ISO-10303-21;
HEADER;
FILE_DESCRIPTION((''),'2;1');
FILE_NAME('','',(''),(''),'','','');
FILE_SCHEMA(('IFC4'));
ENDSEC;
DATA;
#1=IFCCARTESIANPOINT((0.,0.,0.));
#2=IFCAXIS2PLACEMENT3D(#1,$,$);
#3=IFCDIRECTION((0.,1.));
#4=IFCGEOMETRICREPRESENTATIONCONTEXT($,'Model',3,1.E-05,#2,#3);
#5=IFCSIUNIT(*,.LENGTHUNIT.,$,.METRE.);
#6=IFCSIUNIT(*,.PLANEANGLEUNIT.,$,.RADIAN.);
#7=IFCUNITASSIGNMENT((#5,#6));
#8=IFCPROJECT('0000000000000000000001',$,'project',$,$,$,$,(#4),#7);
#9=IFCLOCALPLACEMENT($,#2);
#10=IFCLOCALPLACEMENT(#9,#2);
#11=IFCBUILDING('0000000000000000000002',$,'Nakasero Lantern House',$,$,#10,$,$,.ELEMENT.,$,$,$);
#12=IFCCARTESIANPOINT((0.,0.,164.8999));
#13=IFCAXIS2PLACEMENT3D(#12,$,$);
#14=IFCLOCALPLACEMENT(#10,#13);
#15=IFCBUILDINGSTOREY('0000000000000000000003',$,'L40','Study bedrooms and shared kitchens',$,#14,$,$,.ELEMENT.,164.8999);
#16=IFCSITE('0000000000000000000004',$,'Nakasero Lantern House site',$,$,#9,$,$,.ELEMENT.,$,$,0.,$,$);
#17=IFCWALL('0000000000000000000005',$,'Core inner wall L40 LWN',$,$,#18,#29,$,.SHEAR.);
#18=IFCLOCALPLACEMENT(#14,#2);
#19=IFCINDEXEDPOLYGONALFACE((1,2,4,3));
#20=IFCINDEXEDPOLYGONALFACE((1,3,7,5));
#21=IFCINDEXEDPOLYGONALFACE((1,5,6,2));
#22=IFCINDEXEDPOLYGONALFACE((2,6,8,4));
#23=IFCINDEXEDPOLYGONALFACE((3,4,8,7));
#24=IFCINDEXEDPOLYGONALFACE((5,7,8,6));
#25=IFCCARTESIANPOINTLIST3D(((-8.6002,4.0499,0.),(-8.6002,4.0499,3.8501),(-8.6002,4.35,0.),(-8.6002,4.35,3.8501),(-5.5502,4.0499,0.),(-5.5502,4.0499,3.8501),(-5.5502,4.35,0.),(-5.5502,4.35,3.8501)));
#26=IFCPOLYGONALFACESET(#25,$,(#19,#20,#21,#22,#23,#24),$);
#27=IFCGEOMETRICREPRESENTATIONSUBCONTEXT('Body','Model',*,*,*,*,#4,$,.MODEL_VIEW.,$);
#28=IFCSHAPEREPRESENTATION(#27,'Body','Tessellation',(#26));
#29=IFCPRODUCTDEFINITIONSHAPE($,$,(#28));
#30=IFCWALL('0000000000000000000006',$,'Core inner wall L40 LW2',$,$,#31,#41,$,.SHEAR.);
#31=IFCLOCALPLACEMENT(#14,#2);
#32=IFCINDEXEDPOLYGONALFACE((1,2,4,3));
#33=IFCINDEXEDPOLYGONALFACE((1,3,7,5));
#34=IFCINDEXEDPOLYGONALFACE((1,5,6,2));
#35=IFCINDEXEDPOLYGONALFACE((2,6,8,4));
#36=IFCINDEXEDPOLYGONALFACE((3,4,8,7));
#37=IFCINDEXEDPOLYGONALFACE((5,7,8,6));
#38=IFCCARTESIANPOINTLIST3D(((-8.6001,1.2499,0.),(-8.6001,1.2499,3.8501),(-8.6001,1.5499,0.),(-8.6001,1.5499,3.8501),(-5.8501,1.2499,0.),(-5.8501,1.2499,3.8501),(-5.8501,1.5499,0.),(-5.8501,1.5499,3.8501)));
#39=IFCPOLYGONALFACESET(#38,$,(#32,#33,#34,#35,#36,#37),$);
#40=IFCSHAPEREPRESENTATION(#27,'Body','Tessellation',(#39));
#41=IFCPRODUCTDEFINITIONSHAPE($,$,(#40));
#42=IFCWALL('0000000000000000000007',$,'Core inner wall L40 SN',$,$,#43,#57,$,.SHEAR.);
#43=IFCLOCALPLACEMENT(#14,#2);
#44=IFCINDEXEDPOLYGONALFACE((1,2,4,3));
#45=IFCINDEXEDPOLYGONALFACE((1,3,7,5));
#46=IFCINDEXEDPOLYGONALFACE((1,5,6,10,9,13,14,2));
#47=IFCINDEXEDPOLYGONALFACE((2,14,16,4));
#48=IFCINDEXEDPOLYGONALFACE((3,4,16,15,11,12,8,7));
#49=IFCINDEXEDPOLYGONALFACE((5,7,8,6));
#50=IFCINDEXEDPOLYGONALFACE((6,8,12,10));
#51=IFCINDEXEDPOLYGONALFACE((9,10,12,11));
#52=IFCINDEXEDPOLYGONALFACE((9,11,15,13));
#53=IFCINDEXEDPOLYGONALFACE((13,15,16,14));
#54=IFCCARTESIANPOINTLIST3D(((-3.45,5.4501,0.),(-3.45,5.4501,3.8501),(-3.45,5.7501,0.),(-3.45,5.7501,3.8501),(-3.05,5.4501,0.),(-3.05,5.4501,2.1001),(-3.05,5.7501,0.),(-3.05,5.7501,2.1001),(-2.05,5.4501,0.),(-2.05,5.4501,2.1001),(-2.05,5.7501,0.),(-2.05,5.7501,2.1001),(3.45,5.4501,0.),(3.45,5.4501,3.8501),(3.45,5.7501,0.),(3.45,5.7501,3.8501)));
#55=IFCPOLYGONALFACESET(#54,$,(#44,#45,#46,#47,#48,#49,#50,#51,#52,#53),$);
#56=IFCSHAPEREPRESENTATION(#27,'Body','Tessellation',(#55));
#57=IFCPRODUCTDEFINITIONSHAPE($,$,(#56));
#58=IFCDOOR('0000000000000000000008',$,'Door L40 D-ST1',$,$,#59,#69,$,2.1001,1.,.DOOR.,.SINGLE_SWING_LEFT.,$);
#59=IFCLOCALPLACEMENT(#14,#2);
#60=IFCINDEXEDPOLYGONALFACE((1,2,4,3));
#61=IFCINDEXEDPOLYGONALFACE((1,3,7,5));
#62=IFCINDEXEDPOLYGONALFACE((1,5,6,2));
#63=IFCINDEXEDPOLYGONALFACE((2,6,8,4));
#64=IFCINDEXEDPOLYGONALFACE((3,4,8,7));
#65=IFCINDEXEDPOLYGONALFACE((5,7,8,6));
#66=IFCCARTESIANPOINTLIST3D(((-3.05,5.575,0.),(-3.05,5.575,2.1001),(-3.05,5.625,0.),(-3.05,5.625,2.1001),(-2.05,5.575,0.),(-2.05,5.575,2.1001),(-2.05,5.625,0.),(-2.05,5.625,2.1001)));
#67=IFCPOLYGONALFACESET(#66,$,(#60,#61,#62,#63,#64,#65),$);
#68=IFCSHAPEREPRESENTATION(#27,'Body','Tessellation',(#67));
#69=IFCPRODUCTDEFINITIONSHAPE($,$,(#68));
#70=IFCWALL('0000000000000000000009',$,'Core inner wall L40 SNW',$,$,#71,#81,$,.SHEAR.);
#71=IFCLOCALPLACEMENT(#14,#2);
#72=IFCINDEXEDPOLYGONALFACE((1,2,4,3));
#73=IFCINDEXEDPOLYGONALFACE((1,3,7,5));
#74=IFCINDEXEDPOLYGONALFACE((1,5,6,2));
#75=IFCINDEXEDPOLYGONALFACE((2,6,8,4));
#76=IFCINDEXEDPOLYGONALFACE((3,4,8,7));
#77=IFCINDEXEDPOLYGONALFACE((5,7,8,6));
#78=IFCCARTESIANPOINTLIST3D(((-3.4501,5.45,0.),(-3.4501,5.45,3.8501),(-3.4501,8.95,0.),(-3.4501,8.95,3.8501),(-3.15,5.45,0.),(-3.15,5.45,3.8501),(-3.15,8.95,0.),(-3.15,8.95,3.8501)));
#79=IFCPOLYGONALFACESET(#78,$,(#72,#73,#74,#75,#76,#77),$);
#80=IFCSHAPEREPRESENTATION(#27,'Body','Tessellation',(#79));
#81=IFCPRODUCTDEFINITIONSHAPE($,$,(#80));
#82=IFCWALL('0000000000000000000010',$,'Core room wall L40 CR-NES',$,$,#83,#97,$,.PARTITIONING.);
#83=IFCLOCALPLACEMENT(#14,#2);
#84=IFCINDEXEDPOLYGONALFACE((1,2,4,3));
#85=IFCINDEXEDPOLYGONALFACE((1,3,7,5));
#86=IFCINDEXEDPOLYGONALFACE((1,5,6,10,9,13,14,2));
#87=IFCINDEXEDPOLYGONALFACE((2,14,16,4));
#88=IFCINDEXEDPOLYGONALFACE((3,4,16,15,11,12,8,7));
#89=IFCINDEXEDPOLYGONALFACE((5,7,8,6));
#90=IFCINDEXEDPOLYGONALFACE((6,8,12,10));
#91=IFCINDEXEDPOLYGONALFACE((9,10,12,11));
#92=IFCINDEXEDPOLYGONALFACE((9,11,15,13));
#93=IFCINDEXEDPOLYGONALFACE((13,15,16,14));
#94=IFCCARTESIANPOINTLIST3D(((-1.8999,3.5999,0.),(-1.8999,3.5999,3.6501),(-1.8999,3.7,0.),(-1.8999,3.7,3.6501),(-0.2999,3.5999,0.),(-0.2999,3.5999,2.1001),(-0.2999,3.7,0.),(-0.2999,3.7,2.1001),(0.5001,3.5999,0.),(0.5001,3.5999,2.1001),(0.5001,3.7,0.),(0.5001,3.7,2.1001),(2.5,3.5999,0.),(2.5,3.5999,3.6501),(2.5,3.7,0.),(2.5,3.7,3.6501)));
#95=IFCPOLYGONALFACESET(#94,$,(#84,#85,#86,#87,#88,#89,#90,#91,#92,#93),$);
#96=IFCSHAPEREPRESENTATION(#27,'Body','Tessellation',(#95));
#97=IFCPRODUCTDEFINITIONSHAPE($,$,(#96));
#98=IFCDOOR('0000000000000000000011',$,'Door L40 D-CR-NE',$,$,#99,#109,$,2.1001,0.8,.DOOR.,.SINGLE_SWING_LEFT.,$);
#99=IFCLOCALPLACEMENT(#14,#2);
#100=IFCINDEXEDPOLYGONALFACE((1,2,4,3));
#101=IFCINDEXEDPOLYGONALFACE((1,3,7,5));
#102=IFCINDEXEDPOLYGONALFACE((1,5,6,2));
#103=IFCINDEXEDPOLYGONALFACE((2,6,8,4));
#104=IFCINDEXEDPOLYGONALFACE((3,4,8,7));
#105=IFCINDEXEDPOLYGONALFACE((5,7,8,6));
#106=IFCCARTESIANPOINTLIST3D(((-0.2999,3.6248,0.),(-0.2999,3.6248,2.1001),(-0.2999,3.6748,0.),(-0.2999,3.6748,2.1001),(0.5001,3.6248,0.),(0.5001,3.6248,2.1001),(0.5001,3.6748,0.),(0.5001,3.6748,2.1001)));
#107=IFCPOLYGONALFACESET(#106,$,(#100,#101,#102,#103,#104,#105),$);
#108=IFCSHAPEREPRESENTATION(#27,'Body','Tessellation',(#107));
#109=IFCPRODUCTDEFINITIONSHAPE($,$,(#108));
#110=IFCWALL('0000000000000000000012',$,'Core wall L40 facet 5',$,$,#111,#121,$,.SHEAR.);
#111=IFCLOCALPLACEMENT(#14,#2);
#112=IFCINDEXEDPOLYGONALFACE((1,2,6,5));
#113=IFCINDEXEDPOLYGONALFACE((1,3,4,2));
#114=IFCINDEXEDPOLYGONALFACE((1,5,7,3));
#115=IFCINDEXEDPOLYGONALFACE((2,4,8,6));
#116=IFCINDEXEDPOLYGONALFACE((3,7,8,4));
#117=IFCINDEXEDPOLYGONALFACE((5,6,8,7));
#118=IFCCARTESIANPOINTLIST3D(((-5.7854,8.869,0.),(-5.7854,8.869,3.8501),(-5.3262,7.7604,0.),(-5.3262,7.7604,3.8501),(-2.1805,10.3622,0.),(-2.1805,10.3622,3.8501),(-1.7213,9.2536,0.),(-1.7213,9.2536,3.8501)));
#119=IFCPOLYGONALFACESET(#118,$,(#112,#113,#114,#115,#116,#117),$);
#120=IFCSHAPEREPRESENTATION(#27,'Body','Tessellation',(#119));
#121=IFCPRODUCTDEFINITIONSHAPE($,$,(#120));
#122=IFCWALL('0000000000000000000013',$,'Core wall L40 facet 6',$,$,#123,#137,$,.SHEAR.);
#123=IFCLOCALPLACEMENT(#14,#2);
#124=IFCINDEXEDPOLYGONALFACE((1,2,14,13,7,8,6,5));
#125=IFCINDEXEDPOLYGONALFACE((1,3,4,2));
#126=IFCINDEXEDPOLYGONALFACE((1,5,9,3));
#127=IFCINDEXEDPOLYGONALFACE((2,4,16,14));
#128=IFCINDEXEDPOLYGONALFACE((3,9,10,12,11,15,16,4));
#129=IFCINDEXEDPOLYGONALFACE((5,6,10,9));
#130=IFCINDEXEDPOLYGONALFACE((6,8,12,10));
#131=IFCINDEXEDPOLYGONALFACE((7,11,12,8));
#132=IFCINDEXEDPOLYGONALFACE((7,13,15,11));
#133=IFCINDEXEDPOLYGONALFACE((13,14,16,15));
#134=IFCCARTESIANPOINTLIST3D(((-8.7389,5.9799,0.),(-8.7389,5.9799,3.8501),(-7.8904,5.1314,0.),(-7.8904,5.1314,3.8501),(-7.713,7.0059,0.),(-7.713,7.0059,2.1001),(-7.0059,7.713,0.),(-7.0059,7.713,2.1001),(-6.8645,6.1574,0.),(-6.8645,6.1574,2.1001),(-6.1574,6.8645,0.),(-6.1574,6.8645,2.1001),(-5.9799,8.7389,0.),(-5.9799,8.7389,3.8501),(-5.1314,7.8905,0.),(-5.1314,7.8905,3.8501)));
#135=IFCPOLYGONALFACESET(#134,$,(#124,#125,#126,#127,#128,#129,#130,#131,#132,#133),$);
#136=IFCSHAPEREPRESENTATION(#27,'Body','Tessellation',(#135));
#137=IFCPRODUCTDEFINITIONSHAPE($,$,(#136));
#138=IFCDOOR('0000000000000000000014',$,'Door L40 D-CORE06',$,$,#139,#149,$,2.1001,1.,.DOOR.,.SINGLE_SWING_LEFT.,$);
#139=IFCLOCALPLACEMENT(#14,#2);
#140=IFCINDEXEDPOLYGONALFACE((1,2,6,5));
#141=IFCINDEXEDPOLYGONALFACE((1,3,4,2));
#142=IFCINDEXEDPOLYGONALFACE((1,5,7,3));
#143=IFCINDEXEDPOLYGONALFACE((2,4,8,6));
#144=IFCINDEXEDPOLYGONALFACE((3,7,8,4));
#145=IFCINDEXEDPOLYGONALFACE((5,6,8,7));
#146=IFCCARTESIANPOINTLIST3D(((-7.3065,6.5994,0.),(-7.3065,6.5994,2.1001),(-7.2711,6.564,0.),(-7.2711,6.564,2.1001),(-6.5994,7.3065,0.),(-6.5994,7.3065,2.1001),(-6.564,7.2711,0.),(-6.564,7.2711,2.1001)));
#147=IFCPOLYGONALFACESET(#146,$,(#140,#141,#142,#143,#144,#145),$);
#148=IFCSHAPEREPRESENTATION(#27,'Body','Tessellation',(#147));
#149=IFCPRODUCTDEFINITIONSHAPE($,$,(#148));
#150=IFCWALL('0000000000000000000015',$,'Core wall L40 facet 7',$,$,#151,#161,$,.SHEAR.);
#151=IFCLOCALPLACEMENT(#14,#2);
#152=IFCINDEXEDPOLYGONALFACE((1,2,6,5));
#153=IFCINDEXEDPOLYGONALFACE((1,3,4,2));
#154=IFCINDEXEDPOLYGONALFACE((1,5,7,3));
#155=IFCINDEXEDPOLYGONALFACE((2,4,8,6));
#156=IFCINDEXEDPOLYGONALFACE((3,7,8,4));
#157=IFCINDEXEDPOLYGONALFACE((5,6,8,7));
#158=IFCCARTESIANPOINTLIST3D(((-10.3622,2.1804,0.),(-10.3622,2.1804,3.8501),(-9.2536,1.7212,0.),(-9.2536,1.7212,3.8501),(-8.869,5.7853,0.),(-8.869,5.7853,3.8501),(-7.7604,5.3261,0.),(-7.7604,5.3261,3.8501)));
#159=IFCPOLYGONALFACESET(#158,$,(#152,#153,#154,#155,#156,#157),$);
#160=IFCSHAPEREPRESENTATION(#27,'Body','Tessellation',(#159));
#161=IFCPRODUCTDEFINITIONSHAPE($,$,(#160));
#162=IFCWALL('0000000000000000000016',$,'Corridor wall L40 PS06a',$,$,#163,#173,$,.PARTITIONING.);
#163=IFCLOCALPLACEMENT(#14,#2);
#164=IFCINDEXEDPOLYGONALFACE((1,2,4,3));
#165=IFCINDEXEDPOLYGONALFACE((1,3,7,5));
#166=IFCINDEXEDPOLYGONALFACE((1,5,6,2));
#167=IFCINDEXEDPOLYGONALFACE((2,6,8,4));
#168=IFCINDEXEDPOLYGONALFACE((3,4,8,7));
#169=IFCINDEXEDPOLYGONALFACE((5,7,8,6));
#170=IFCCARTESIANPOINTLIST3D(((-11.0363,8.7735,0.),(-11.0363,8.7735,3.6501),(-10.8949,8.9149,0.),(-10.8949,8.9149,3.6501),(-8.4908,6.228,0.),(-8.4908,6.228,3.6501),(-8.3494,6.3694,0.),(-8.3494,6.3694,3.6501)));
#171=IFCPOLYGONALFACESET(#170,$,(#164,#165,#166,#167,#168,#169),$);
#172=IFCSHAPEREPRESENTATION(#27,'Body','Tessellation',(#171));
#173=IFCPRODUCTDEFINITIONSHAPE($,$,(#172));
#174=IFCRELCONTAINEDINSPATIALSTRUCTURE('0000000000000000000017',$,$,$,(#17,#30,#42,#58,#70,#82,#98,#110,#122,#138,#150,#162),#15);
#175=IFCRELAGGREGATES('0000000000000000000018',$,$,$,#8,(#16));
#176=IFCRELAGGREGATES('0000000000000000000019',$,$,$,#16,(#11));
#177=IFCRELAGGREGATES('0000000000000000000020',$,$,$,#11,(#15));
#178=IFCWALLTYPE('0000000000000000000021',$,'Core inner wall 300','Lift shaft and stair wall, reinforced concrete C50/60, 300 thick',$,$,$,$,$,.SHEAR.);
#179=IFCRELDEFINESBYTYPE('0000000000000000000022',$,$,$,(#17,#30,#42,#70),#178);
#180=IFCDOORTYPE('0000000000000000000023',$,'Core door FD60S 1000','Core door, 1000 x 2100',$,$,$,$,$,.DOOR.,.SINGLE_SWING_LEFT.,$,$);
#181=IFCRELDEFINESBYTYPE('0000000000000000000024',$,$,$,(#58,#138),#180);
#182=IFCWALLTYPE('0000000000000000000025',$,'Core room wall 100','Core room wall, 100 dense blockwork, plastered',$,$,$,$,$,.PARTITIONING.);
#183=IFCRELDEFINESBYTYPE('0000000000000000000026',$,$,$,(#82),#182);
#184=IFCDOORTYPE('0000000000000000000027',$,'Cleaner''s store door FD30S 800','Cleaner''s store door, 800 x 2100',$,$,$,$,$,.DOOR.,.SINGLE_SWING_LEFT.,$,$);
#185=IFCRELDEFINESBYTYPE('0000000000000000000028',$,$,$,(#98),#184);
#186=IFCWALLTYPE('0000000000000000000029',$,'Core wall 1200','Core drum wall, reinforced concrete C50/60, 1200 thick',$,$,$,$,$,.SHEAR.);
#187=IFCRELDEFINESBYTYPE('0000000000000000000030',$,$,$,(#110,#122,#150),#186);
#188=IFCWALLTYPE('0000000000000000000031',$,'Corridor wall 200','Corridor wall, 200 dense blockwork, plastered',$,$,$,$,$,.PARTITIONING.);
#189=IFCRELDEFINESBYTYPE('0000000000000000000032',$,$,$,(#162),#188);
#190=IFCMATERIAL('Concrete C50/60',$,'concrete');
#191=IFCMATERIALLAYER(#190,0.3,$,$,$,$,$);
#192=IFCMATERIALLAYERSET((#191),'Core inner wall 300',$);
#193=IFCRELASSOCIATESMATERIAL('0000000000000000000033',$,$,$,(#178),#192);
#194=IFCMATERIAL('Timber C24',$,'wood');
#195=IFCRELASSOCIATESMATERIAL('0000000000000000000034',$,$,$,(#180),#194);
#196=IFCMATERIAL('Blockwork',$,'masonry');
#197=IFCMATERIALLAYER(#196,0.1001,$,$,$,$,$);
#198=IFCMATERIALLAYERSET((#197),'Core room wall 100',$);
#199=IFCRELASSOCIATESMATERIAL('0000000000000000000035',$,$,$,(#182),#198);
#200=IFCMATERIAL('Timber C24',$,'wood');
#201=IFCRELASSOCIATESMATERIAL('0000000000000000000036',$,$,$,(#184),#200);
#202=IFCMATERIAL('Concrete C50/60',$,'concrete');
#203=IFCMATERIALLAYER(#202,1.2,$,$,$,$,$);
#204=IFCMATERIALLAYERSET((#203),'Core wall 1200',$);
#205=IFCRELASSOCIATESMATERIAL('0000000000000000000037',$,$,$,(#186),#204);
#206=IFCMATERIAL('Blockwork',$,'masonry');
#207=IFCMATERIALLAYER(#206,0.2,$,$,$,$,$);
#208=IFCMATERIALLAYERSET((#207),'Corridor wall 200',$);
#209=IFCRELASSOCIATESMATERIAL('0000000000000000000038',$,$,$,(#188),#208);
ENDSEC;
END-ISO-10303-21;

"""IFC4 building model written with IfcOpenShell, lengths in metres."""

from ifc_helpers import new_model, si_unit, direction, frame, frame_2d, origin, place, context, subcontext, project, spatial, rectangle, extrude, material, layer, layer_set, type_object, element, fill, save


model = new_model("IFC4")

# Units and contexts
model_context = context("Model", 3, precision=1e-05, world=origin(), true_north=direction((0.0, 1.0)))
body_context = subcontext(model_context, "Body", "Model", "MODEL_VIEW")
ifc_project = project(units=[si_unit("LENGTHUNIT", "METRE"), si_unit("PLANEANGLEUNIT", "RADIAN")], contexts=[model_context])

# Site, building, storey
site_placement = place(None, origin())
site = spatial("IfcSite", under=ifc_project, at=site_placement, Name="Nakasero Lantern House site", CompositionType="ELEMENT", RefElevation=0.0)
building_placement = place(site_placement, origin())
building = spatial("IfcBuilding", under=site, at=building_placement, Name="Nakasero Lantern House", CompositionType="ELEMENT")
storey_placement = place(building_placement, frame((0.0, 0.0, 164.8999)))
storey = spatial("IfcBuildingStorey", under=building, at=storey_placement, Name="L40", Description="Study bedrooms and shared kitchens", CompositionType="ELEMENT", Elevation=164.8999)

# Walls
ifc_material_1 = material(Name="Concrete C50/60", Category="concrete")
ifc_layer_1 = layer(ifc_material_1, 0.3)
ifc_layer_set_1 = layer_set([ifc_layer_1], Name="Core inner wall 300")
wall_type_1 = type_object("IfcWallType", Name="Core inner wall 300", Description="Lift shaft and stair wall, reinforced concrete C50/60, 300 thick", PredefinedType="SHEAR", material=ifc_layer_set_1)
wall_1_placement = place(storey_placement, frame((-8.6001, 4.2, 0.0), z_axis=(0.0, 0.0, 1.0), x_axis=(1.0, 0.0, 0.0)))
element("IfcWall", 1, at=wall_1_placement, inside=storey, type_object=wall_type_1, Name="Core inner wall L40 LWN", PredefinedType="SHEAR", context=body_context, shape_type="SweptSolid", body=[
    extrude(rectangle(XDim=3.05, YDim=0.3, at=frame_2d((1.5249, 0.0))), origin(), (0.0, 0.0, 1.0), 3.8501),
])
wall_2_placement = place(storey_placement, frame((-8.6001, 1.3999, 0.0), z_axis=(0.0, 0.0, 1.0), x_axis=(1.0, 0.0, 0.0)))
element("IfcWall", 2, at=wall_2_placement, inside=storey, type_object=wall_type_1, Name="Core inner wall L40 LW2", PredefinedType="SHEAR", context=body_context, shape_type="SweptSolid", body=[
    extrude(rectangle(XDim=2.75, YDim=0.3, at=frame_2d((1.375, 0.0))), origin(), (0.0, 0.0, 1.0), 3.8501),
])

# Wall, opening, door
wall_3_placement = place(storey_placement, frame((-3.45, 5.6001, 0.0), z_axis=(0.0, 0.0, 1.0), x_axis=(1.0, 0.0, 0.0)))
wall_3 = element("IfcWall", 3, at=wall_3_placement, inside=storey, type_object=wall_type_1, Name="Core inner wall L40 SN", PredefinedType="SHEAR", context=body_context, shape_type="SweptSolid", body=[
    extrude(rectangle(XDim=6.8999, YDim=0.3, at=frame_2d((3.45, 0.0))), origin(), (0.0, 0.0, 1.0), 3.8501),
])
opening_1_placement = place(wall_3_placement, frame((0.3999, 0.0, 0.0)))
opening_1 = element("IfcOpeningElement", 4, at=opening_1_placement, cuts=wall_3, PredefinedType="OPENING", context=body_context, shape_type="SweptSolid", body=[
    extrude(rectangle(XDim=1.0, YDim=2.1001, at=frame_2d((0.5, 1.05))), frame((0.0, 0.1699, 0.0), z_axis=(0.0, -1.0, 0.0), x_axis=(1.0, 0.0, 0.0)), (0.0, 0.0, 1.0), 0.3401),
])
ifc_material_2 = material(Name="Timber C24", Category="wood")
door_type_1 = type_object("IfcDoorType", Name="Core door FD60S 1000", Description="Core door, 1000 x 2100", OperationType="SINGLE_SWING_LEFT", PredefinedType="DOOR", material=ifc_material_2)
door_1_placement = place(opening_1_placement, origin())
door_1 = element("IfcDoor", 5, at=door_1_placement, inside=storey, type_object=door_type_1, Name="Door L40 D-ST1", OperationType="SINGLE_SWING_LEFT", OverallHeight=2.1001, OverallWidth=1.0, PredefinedType="DOOR", context=body_context, shape_type="SweptSolid", body=[
    extrude(rectangle(XDim=1.0, YDim=2.1001, at=frame_2d((0.5, 1.05))), frame((0.0, 0.0249, 0.0), z_axis=(0.0, -1.0, 0.0), x_axis=(1.0, 0.0, 0.0)), (0.0, 0.0, 1.0), 0.05),
])
fill(opening_1, door_1)

# Wall
wall_4_placement = place(storey_placement, frame((-3.3, 5.45, 0.0), z_axis=(0.0, 0.0, 1.0), x_axis=(0.0, 1.0, 0.0)))
element("IfcWall", 6, at=wall_4_placement, inside=storey, type_object=wall_type_1, Name="Core inner wall L40 SNW", PredefinedType="SHEAR", context=body_context, shape_type="SweptSolid", body=[
    extrude(rectangle(XDim=3.5, YDim=0.3, at=frame_2d((1.75, 0.0))), origin(), (0.0, 0.0, 1.0), 3.8501),
])

# Wall, opening, door
ifc_material_3 = material(Name="Blockwork", Category="masonry")
ifc_layer_2 = layer(ifc_material_3, 0.1001)
ifc_layer_set_2 = layer_set([ifc_layer_2], Name="Core room wall 100")
wall_type_2 = type_object("IfcWallType", Name="Core room wall 100", Description="Core room wall, 100 dense blockwork, plastered", PredefinedType="PARTITIONING", material=ifc_layer_set_2)
wall_5_placement = place(storey_placement, frame((-1.8999, 3.6499, 0.0), z_axis=(0.0, 0.0, 1.0), x_axis=(1.0, 0.0, 0.0)))
wall_5 = element("IfcWall", 7, at=wall_5_placement, inside=storey, type_object=wall_type_2, Name="Core room wall L40 CR-NES", PredefinedType="PARTITIONING", context=body_context, shape_type="SweptSolid", body=[
    extrude(rectangle(XDim=4.3999, YDim=0.1001, at=frame_2d((2.2, 0.0))), origin(), (0.0, 0.0, 1.0), 3.6501),
])
opening_2_placement = place(wall_5_placement, frame((1.6001, 0.0, 0.0)))
opening_2 = element("IfcOpeningElement", 8, at=opening_2_placement, cuts=wall_5, PredefinedType="OPENING", context=body_context, shape_type="SweptSolid", body=[
    extrude(rectangle(XDim=0.8, YDim=2.1001, at=frame_2d((0.3999, 1.05))), frame((0.0, 0.0701, 0.0), z_axis=(0.0, -1.0, 0.0), x_axis=(1.0, 0.0, 0.0)), (0.0, 0.0, 1.0), 0.1401),
])
ifc_material_4 = material(Name="Timber C24", Category="wood")
door_type_2 = type_object("IfcDoorType", Name="Cleaner's store door FD30S 800", Description="Cleaner's store door, 800 x 2100", OperationType="SINGLE_SWING_LEFT", PredefinedType="DOOR", material=ifc_material_4)
door_2_placement = place(opening_2_placement, origin())
door_2 = element("IfcDoor", 9, at=door_2_placement, inside=storey, type_object=door_type_2, Name="Door L40 D-CR-NE", OperationType="SINGLE_SWING_LEFT", OverallHeight=2.1001, OverallWidth=0.8, PredefinedType="DOOR", context=body_context, shape_type="SweptSolid", body=[
    extrude(rectangle(XDim=0.8, YDim=2.1001, at=frame_2d((0.3999, 1.05))), frame((0.0, 0.0249, 0.0), z_axis=(0.0, -1.0, 0.0), x_axis=(1.0, 0.0, 0.0)), (0.0, 0.0, 1.0), 0.05),
])
fill(opening_2, door_2)

# Wall
ifc_material_5 = material(Name="Concrete C50/60", Category="concrete")
ifc_layer_3 = layer(ifc_material_5, 1.2)
ifc_layer_set_3 = layer_set([ifc_layer_3], Name="Core wall 1200")
wall_type_3 = type_object("IfcWallType", Name="Core wall 1200", Description="Core drum wall, reinforced concrete C50/60, 1200 thick", PredefinedType="SHEAR", material=ifc_layer_set_3)
wall_6_placement = place(storey_placement, frame((-1.9509, 9.8079, 0.0), z_axis=(0.0, 0.0, 1.0), x_axis=(-0.923877, -0.382691, 0.0)))
element("IfcWall", 10, at=wall_6_placement, inside=storey, type_object=wall_type_3, Name="Core wall L40 facet 5", PredefinedType="SHEAR", context=body_context, shape_type="SweptSolid", body=[
    extrude(rectangle(XDim=3.9019, YDim=1.2, at=frame_2d((1.9509, 0.0))), origin(), (0.0, 0.0, 1.0), 3.8501),
])

# Wall, opening, door
wall_7_placement = place(storey_placement, frame((-5.5557, 8.3147, 0.0), z_axis=(0.0, 0.0, 1.0), x_axis=(-0.707107, -0.707107, 0.0)))
wall_7 = element("IfcWall", 11, at=wall_7_placement, inside=storey, type_object=wall_type_3, Name="Core wall L40 facet 6", PredefinedType="SHEAR", context=body_context, shape_type="SweptSolid", body=[
    extrude(rectangle(XDim=3.9019, YDim=1.2, at=frame_2d((1.9509, 0.0))), origin(), (0.0, 0.0, 1.0), 3.8501),
])
opening_3_placement = place(wall_7_placement, frame((1.4509, 0.0, 0.0)))
opening_3 = element("IfcOpeningElement", 12, at=opening_3_placement, cuts=wall_7, PredefinedType="OPENING", context=body_context, shape_type="SweptSolid", body=[
    extrude(rectangle(XDim=1.0, YDim=2.1001, at=frame_2d((0.5, 1.05))), frame((0.0, 0.6199, 0.0), z_axis=(0.0, -1.0, 0.0), x_axis=(1.0, 0.0, 0.0)), (0.0, 0.0, 1.0), 1.24),
])
door_3_placement = place(opening_3_placement, origin())
door_3 = element("IfcDoor", 13, at=door_3_placement, inside=storey, type_object=door_type_1, Name="Door L40 D-CORE06", OperationType="SINGLE_SWING_LEFT", OverallHeight=2.1001, OverallWidth=1.0, PredefinedType="DOOR", context=body_context, shape_type="SweptSolid", body=[
    extrude(rectangle(XDim=1.0, YDim=2.1001, at=frame_2d((0.5, 1.05))), frame((0.0, 0.0249, 0.0), z_axis=(0.0, -1.0, 0.0), x_axis=(1.0, 0.0, 0.0)), (0.0, 0.0, 1.0), 0.05),
])
fill(opening_3, door_3)

# Walls
wall_8_placement = place(storey_placement, frame((-8.3147, 5.5557, 0.0), z_axis=(0.0, 0.0, 1.0), x_axis=(-0.382691, -0.923877, 0.0)))
element("IfcWall", 14, at=wall_8_placement, inside=storey, type_object=wall_type_3, Name="Core wall L40 facet 7", PredefinedType="SHEAR", context=body_context, shape_type="SweptSolid", body=[
    extrude(rectangle(XDim=3.9019, YDim=1.2, at=frame_2d((1.9509, 0.0))), origin(), (0.0, 0.0, 1.0), 3.8501),
])
ifc_material_6 = material(Name="Blockwork", Category="masonry")
ifc_layer_4 = layer(ifc_material_6, 0.2)
ifc_layer_set_4 = layer_set([ifc_layer_4], Name="Corridor wall 200")
wall_type_4 = type_object("IfcWallType", Name="Corridor wall 200", Description="Corridor wall, 200 dense blockwork, plastered", PredefinedType="PARTITIONING", material=ifc_layer_set_4)
wall_9_placement = place(storey_placement, frame((-8.4202, 6.2988, 0.0), z_axis=(0.0, 0.0, 1.0), x_axis=(-0.707107, 0.707107, 0.0)))
element("IfcWall", 15, at=wall_9_placement, inside=storey, type_object=wall_type_4, Name="Corridor wall L40 PS06a", PredefinedType="PARTITIONING", context=body_context, shape_type="SweptSolid", body=[
    extrude(rectangle(XDim=3.5999, YDim=0.2, at=frame_2d((1.7998, 0.0))), origin(), (0.0, 0.0, 1.0), 3.6501),
])

save(model, "model.ifc")
